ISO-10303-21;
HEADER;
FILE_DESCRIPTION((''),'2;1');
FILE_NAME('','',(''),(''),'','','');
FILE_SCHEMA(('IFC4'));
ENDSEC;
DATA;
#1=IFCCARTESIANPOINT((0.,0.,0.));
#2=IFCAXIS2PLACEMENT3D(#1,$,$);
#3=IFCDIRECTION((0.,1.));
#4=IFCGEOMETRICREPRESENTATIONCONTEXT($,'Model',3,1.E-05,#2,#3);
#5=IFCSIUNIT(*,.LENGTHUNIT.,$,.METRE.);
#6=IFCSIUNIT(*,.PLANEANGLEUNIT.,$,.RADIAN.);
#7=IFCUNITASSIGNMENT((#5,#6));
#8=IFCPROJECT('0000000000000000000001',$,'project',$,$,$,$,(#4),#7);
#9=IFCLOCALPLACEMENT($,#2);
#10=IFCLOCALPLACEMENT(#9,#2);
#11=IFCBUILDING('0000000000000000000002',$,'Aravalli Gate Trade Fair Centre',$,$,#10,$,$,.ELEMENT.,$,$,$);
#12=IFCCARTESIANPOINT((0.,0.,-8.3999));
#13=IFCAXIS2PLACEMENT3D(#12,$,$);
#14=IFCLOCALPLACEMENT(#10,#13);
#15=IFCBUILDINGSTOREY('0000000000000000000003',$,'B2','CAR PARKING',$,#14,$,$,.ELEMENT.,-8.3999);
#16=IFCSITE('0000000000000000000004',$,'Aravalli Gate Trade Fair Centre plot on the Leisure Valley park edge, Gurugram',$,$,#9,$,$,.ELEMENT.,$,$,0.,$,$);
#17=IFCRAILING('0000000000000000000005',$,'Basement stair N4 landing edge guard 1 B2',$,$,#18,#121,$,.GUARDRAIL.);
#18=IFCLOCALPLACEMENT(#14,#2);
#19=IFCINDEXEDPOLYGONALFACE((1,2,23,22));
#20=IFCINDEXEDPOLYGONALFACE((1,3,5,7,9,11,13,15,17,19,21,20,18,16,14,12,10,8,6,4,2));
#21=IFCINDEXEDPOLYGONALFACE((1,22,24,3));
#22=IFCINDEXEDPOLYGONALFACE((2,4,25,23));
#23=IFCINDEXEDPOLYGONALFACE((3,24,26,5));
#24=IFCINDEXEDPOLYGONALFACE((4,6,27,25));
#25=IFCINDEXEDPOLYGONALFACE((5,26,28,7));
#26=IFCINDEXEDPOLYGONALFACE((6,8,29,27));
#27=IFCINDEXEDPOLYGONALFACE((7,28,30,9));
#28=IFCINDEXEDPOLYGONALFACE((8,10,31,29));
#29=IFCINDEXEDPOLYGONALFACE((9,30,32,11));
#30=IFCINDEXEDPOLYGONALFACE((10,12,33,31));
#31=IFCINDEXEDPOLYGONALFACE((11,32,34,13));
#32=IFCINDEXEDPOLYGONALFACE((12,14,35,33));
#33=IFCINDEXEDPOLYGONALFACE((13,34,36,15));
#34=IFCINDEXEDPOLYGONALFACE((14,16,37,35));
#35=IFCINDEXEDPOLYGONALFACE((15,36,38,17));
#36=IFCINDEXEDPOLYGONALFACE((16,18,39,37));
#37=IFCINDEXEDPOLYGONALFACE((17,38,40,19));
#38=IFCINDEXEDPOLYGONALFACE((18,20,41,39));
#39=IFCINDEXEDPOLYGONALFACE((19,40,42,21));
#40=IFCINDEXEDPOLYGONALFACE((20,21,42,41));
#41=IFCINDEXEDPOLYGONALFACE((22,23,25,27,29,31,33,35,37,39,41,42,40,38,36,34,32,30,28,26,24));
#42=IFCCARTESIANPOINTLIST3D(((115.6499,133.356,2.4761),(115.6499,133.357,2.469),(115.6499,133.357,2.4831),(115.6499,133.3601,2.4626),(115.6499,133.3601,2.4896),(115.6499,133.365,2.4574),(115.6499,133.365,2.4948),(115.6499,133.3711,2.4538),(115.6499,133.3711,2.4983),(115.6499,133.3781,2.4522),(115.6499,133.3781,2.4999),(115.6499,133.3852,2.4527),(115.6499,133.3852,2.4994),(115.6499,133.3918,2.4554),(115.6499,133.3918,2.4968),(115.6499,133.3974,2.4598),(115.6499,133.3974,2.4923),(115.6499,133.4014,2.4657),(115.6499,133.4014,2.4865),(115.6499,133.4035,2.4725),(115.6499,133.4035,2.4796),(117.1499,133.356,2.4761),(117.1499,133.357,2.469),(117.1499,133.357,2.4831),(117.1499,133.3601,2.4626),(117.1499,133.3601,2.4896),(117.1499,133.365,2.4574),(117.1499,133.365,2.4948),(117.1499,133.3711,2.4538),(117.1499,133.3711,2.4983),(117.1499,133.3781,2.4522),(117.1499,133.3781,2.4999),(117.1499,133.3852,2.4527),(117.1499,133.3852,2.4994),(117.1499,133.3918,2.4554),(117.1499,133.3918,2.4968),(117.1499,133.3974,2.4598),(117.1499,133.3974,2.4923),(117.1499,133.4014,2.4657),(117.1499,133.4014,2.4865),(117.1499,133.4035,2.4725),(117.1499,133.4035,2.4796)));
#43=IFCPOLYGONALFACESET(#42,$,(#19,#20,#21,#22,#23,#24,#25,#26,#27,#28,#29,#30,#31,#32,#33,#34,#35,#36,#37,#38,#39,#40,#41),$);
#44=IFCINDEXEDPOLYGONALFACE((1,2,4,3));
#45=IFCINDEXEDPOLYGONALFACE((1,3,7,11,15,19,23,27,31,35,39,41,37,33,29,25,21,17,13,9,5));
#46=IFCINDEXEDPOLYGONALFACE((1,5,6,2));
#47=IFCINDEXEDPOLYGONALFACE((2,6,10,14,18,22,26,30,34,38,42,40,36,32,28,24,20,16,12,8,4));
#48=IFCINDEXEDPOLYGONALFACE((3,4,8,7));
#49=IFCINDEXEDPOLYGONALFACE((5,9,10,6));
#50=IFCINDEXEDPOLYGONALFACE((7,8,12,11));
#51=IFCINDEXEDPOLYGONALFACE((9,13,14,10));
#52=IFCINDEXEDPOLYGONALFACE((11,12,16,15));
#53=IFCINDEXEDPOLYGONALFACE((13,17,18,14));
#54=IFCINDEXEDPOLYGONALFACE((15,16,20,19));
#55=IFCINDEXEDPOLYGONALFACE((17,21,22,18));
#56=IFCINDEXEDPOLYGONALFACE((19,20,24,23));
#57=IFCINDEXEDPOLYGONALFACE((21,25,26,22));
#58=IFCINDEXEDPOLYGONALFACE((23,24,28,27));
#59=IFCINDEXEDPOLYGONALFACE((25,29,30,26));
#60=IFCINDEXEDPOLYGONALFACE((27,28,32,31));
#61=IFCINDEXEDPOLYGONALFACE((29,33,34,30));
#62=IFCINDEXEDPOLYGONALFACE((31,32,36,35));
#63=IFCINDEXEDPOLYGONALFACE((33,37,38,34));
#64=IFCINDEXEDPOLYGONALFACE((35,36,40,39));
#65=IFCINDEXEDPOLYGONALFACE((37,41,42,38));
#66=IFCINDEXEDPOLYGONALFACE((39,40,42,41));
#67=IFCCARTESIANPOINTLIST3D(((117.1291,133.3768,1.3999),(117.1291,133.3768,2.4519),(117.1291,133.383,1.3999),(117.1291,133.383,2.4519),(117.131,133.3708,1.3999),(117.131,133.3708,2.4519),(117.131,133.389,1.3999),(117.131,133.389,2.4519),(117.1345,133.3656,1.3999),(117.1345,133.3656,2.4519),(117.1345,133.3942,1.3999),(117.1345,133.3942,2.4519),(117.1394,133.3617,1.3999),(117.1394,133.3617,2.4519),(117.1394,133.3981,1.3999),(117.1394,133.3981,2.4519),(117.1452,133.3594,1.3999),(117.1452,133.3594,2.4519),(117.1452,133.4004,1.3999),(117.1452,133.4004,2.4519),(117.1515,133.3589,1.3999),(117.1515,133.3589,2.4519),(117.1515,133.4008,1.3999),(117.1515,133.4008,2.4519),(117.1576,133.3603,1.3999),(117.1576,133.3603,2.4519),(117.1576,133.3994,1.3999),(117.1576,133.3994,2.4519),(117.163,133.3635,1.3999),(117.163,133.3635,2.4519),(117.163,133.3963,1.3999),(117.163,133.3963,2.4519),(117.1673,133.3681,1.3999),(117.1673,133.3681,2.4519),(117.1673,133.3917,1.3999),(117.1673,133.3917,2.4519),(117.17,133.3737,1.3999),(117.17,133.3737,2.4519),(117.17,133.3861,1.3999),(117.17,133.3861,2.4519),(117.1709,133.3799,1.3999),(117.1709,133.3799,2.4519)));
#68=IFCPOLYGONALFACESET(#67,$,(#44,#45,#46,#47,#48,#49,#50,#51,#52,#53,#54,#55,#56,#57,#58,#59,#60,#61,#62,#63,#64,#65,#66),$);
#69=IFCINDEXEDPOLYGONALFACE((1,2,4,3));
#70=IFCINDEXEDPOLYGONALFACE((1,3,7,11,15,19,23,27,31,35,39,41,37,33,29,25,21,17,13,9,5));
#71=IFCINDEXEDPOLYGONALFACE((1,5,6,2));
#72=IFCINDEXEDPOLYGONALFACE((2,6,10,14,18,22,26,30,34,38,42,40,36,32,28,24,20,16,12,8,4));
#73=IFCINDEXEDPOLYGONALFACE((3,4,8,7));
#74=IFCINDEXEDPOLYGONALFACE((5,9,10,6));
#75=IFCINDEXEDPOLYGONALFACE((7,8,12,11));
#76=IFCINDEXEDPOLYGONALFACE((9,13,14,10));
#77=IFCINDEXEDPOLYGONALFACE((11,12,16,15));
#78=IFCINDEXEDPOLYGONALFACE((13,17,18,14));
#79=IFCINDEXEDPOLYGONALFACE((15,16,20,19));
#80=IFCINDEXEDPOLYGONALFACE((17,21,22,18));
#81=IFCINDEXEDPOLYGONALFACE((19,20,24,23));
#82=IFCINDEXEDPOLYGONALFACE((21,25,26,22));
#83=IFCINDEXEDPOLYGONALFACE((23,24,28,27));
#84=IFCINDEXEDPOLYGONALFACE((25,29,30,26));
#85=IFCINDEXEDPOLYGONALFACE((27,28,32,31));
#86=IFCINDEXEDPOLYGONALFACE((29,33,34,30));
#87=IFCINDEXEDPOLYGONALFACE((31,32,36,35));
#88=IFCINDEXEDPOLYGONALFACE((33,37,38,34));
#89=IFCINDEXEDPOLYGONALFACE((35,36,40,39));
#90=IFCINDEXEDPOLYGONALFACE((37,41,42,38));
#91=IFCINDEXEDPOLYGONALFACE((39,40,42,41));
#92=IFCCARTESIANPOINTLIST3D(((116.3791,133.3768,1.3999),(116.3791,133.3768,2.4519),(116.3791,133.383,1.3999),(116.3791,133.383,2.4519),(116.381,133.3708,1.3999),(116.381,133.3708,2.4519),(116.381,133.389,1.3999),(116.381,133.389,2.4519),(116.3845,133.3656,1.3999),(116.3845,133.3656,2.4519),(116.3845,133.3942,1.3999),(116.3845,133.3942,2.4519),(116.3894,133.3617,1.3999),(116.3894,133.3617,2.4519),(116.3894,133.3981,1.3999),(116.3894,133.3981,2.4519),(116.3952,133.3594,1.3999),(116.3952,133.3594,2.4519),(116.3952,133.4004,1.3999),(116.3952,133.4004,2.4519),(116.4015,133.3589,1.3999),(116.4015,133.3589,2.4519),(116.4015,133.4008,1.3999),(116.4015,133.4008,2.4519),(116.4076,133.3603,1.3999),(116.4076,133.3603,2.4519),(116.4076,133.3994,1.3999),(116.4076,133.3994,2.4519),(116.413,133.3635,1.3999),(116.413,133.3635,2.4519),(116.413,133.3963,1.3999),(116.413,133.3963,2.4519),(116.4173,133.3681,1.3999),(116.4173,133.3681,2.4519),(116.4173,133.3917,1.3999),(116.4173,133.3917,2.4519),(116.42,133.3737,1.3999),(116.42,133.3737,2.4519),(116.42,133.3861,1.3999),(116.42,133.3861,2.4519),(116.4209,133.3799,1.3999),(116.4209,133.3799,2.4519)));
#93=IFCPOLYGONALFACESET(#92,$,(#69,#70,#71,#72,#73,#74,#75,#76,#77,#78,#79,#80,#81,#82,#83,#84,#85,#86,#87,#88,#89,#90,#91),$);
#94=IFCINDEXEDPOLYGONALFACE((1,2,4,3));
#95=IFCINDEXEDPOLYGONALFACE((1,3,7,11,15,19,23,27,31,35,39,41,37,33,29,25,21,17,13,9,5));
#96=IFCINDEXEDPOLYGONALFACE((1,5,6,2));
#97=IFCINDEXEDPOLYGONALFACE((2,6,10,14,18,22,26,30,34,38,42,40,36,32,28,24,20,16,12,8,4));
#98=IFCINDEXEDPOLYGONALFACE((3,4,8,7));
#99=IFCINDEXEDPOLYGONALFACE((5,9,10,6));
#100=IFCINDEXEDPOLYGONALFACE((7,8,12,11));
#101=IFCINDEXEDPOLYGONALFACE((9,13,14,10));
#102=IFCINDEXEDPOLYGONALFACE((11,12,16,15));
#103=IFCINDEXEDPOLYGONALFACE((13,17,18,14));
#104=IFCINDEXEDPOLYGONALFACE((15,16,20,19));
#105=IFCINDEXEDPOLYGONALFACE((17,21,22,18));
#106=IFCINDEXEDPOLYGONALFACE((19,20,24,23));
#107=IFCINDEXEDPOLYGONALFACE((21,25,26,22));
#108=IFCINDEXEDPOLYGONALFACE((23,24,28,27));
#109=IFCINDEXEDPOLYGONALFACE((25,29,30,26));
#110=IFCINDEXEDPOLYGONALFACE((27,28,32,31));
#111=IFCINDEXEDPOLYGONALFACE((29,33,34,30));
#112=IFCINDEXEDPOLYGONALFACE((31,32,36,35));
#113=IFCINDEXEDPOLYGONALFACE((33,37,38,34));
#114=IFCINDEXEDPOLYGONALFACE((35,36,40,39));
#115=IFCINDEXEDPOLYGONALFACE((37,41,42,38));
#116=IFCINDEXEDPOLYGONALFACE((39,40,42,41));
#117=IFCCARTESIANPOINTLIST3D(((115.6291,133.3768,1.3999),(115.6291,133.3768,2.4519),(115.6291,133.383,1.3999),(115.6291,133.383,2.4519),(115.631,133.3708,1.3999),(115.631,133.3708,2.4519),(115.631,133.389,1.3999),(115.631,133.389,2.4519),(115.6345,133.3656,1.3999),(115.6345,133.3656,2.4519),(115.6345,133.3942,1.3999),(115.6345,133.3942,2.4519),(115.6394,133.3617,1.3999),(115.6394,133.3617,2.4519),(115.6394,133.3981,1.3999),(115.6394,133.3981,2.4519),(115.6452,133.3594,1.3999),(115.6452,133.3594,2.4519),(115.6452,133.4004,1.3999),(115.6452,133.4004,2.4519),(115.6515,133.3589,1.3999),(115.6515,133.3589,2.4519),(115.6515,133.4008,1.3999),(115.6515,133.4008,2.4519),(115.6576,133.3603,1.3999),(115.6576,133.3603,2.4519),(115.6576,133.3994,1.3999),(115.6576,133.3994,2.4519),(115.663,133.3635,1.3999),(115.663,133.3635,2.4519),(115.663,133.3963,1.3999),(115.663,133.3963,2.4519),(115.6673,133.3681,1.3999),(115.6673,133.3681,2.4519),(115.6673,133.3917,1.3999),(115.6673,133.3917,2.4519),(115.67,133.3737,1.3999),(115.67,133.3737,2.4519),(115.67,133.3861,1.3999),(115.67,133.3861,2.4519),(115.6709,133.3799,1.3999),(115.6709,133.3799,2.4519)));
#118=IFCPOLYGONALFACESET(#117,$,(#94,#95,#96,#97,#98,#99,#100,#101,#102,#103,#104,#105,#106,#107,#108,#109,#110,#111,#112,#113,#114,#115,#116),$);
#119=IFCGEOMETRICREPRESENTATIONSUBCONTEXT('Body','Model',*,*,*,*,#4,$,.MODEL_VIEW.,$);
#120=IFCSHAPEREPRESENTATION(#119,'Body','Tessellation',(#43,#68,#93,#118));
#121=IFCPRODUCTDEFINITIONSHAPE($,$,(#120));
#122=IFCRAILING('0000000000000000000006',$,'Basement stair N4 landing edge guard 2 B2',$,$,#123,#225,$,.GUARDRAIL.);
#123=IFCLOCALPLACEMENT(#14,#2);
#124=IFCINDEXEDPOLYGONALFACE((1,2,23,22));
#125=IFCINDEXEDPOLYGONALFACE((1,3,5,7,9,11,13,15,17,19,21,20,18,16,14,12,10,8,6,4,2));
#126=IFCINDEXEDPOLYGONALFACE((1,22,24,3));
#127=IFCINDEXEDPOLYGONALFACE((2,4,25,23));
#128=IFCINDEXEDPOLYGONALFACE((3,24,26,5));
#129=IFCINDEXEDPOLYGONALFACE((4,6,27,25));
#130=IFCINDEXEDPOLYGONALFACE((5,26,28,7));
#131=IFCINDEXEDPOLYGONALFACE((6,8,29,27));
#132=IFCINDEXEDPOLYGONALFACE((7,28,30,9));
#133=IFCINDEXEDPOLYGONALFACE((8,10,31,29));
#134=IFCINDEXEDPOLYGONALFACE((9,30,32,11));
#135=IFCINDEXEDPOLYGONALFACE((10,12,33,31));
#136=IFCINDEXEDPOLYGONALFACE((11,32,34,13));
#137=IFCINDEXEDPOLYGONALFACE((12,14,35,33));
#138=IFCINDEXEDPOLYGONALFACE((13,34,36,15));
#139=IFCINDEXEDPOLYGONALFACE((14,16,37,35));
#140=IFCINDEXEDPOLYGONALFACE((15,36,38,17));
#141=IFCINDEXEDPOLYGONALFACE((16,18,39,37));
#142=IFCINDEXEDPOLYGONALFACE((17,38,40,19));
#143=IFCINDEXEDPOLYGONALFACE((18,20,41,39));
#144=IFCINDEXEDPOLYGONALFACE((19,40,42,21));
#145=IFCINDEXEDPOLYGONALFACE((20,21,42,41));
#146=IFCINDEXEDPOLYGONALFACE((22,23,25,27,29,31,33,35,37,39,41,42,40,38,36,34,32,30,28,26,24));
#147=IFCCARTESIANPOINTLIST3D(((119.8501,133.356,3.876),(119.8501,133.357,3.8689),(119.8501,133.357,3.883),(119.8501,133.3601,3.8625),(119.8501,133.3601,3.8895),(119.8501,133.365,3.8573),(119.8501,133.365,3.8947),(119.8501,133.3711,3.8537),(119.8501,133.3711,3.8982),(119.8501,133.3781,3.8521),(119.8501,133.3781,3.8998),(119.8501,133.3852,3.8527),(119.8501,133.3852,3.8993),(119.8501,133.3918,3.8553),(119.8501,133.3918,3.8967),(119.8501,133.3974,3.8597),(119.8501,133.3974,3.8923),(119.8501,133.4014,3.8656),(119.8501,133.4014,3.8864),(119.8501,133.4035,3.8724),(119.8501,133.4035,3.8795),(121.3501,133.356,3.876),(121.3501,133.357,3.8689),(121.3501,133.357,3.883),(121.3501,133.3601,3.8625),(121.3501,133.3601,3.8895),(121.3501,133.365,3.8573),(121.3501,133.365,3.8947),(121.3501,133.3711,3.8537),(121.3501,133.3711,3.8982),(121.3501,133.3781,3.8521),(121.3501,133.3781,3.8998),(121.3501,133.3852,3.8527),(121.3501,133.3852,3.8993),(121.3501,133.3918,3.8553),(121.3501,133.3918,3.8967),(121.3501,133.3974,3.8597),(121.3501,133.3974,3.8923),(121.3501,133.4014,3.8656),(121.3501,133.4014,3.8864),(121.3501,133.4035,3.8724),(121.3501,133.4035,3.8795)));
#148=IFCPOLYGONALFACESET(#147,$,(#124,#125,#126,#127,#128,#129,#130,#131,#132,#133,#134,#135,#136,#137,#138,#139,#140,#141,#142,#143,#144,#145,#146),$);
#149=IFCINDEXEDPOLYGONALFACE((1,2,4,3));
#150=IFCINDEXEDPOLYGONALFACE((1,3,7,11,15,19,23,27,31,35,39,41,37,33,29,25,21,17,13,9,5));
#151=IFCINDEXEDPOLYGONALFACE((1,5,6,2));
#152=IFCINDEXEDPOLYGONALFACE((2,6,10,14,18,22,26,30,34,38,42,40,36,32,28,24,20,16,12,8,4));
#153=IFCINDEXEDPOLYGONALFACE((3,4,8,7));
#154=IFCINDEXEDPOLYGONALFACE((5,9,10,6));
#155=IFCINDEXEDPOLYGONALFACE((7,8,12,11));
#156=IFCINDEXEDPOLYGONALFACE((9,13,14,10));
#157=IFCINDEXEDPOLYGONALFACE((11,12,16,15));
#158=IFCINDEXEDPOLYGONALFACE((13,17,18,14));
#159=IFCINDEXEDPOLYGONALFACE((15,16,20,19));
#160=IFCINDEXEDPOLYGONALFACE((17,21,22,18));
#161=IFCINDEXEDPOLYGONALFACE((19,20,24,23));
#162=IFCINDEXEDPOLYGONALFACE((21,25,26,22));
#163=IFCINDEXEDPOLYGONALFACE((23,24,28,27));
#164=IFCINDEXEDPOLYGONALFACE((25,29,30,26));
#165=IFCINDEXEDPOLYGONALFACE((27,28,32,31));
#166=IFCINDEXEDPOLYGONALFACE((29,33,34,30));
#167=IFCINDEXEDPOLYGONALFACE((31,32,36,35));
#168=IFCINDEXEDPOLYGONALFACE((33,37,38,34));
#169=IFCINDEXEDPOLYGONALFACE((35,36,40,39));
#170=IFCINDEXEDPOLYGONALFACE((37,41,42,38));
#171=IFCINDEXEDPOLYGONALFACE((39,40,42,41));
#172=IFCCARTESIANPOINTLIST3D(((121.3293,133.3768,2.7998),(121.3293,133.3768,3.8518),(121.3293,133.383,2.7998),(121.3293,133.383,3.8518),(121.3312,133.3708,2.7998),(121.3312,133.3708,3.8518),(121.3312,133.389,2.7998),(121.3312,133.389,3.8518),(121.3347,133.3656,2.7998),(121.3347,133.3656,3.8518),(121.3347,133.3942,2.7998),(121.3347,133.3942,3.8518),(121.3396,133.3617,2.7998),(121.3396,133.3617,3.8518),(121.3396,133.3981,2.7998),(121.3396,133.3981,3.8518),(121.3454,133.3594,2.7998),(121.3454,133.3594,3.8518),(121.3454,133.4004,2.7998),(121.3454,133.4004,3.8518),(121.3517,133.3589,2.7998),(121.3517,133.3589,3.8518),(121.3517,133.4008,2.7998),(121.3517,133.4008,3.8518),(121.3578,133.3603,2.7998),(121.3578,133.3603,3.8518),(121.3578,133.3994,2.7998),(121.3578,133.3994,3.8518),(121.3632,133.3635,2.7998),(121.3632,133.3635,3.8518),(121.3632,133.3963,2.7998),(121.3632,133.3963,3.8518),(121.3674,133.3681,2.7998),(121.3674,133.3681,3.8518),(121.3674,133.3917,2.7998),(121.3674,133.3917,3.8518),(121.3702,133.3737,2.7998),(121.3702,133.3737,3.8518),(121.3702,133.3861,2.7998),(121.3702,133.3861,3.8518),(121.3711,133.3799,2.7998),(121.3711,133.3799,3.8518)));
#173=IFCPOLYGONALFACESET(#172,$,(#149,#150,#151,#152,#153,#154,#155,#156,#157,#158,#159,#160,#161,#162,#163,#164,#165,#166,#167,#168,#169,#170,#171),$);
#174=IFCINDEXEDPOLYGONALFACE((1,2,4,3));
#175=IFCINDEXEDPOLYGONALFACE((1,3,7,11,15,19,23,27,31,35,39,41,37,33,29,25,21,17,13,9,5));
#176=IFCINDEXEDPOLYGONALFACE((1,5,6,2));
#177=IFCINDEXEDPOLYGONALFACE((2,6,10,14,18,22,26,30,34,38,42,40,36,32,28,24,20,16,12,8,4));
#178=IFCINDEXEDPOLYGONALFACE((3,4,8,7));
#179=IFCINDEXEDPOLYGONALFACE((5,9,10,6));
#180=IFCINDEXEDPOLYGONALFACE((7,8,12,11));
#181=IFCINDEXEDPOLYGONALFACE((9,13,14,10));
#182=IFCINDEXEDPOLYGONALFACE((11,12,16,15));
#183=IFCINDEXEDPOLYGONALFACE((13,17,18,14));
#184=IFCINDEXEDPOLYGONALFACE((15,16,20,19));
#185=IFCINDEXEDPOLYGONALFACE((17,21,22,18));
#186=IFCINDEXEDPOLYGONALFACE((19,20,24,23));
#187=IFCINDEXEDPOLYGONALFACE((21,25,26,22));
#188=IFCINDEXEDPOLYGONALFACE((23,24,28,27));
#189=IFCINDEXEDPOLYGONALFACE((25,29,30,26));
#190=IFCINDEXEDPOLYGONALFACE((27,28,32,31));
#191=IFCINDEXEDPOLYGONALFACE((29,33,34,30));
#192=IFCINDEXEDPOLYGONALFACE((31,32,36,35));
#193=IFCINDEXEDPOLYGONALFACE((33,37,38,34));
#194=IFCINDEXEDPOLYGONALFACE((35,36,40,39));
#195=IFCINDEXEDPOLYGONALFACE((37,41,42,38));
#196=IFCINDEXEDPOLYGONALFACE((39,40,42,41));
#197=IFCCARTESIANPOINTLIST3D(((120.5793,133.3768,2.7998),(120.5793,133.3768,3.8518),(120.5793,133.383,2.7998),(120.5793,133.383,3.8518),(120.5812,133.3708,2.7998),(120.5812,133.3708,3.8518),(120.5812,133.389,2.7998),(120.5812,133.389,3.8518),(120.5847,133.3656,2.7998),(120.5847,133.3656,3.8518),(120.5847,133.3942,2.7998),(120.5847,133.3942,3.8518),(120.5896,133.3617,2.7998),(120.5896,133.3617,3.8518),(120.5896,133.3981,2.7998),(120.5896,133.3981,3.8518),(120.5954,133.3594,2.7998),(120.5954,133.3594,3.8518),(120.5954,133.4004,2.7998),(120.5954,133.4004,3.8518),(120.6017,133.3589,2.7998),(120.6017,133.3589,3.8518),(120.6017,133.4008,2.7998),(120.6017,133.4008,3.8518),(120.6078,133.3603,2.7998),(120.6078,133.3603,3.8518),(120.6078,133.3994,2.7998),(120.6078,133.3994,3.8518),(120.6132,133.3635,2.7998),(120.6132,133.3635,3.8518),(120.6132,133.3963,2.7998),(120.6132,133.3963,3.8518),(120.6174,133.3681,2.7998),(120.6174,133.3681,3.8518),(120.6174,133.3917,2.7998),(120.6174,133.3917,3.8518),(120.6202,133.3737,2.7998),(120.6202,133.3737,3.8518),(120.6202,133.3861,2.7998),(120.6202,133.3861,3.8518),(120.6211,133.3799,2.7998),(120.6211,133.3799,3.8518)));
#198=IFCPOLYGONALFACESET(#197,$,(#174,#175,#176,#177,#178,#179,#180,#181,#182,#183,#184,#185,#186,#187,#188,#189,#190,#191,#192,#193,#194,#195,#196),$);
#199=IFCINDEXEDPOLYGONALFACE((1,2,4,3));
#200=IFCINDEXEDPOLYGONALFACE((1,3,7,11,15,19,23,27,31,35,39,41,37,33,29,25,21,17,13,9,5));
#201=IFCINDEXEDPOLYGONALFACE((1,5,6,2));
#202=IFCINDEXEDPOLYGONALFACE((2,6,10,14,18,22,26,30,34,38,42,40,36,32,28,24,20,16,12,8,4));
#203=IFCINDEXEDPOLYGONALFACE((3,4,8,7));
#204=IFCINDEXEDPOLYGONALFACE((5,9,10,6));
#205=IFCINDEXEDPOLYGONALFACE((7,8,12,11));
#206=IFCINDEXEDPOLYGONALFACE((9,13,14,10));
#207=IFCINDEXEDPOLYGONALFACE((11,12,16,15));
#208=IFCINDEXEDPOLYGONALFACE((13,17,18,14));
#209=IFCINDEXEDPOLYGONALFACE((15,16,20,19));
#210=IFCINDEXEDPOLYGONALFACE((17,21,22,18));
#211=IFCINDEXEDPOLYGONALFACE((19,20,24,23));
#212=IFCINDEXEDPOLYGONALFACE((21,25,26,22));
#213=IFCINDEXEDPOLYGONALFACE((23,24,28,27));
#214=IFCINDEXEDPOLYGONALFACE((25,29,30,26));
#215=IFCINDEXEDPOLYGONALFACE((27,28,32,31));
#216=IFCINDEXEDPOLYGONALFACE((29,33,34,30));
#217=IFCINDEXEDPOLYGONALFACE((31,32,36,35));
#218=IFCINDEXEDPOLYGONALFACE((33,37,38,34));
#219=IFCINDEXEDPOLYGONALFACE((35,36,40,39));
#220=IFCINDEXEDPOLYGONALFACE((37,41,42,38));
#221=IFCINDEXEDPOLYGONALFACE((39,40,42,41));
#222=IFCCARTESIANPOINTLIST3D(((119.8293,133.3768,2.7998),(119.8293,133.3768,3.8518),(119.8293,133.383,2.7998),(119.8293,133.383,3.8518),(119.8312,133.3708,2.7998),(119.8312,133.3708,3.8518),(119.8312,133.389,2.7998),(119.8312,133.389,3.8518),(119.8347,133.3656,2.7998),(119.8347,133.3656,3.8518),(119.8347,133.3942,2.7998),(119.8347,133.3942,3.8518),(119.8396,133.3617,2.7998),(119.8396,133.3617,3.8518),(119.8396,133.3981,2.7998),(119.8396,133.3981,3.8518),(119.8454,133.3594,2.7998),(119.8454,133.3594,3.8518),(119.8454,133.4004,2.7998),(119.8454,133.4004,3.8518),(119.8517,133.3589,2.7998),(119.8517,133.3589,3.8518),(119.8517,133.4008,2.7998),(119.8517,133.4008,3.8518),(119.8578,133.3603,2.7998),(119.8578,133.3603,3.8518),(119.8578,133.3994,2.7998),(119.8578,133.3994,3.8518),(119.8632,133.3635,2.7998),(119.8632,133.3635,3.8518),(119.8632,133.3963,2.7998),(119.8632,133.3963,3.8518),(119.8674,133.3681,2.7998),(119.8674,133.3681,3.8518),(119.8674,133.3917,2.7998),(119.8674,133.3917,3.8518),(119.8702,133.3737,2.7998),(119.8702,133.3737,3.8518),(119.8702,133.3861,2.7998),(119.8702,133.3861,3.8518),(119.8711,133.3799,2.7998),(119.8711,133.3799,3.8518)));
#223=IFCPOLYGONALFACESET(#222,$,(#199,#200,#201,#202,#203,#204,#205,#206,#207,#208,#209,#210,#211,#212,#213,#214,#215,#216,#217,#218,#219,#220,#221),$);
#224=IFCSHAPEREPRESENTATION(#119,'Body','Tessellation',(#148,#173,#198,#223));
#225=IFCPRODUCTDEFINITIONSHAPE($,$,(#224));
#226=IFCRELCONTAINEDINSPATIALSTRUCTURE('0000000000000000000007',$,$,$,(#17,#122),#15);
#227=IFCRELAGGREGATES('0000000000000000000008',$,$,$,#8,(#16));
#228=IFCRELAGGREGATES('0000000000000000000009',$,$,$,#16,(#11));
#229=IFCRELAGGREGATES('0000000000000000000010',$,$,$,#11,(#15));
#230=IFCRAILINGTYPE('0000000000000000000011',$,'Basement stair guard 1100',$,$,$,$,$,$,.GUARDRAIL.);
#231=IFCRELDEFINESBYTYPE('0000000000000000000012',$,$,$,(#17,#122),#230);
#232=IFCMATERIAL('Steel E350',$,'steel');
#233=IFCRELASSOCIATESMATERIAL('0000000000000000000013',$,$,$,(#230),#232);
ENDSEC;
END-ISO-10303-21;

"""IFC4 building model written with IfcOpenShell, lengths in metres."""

from ifc_helpers import new_model, si_unit, direction, frame, origin, origin_2d, place, context, subcontext, project, spatial, circle, extrude, material, type_object, element, save


model = new_model("IFC4")

# Units and contexts
model_context = context("Model", 3, precision=1e-05, world=origin(), true_north=direction((0.0, 1.0)))
body_context = subcontext(model_context, "Body", "Model", "MODEL_VIEW")
ifc_project = project(units=[si_unit("LENGTHUNIT", "METRE"), si_unit("PLANEANGLEUNIT", "RADIAN")], contexts=[model_context])

# Site, building, storey
site_placement = place(None, origin())
site = spatial("IfcSite", under=ifc_project, at=site_placement, Name="Aravalli Gate Trade Fair Centre plot on the Leisure Valley park edge, Gurugram", CompositionType="ELEMENT", RefElevation=0.0)
building_placement = place(site_placement, origin())
building = spatial("IfcBuilding", under=site, at=building_placement, Name="Aravalli Gate Trade Fair Centre", CompositionType="ELEMENT")
storey_placement = place(building_placement, frame((0.0, 0.0, -8.3999)))
storey = spatial("IfcBuildingStorey", under=building, at=storey_placement, Name="B2", Description="CAR PARKING", CompositionType="ELEMENT", Elevation=-8.3999)

# Railings
ifc_material_1 = material(Name="Steel E350", Category="steel")
railing_type_1 = type_object("IfcRailingType", Name="Basement stair guard 1100", PredefinedType="GUARDRAIL", material=ifc_material_1)
for number, where, name in (
    (1, (117.1499, 133.3799, 1.3999), "Basement stair N4 landing edge guard 1 B2"),
    (2, (121.3501, 133.3799, 2.7998), "Basement stair N4 landing edge guard 2 B2"),
):
    element("IfcRailing", number, at=place(storey_placement, frame(where)), inside=storey, type_object=railing_type_1, Name=name, PredefinedType="GUARDRAIL", context=body_context, shape_type="SweptSolid", body=[
        extrude(circle(Radius=0.0239, at=origin_2d()), frame((0.0, 0.0, 1.0762), z_axis=(-1.0, 0.0, 0.0), x_axis=(0.0, -1.0, 0.0)), (0.0, 0.0, 1.0), 1.5),
        extrude(circle(Radius=0.021, at=origin_2d()), origin(), (0.0, 0.0, 1.0), 1.052),
        extrude(circle(Radius=0.021, at=origin_2d()), frame((-0.75, 0.0, 0.0)), (0.0, 0.0, 1.0), 1.052),
        extrude(circle(Radius=0.021, at=origin_2d()), frame((-1.5, 0.0, 0.0)), (0.0, 0.0, 1.0), 1.052),
    ])

save(model, "model.ifc")
